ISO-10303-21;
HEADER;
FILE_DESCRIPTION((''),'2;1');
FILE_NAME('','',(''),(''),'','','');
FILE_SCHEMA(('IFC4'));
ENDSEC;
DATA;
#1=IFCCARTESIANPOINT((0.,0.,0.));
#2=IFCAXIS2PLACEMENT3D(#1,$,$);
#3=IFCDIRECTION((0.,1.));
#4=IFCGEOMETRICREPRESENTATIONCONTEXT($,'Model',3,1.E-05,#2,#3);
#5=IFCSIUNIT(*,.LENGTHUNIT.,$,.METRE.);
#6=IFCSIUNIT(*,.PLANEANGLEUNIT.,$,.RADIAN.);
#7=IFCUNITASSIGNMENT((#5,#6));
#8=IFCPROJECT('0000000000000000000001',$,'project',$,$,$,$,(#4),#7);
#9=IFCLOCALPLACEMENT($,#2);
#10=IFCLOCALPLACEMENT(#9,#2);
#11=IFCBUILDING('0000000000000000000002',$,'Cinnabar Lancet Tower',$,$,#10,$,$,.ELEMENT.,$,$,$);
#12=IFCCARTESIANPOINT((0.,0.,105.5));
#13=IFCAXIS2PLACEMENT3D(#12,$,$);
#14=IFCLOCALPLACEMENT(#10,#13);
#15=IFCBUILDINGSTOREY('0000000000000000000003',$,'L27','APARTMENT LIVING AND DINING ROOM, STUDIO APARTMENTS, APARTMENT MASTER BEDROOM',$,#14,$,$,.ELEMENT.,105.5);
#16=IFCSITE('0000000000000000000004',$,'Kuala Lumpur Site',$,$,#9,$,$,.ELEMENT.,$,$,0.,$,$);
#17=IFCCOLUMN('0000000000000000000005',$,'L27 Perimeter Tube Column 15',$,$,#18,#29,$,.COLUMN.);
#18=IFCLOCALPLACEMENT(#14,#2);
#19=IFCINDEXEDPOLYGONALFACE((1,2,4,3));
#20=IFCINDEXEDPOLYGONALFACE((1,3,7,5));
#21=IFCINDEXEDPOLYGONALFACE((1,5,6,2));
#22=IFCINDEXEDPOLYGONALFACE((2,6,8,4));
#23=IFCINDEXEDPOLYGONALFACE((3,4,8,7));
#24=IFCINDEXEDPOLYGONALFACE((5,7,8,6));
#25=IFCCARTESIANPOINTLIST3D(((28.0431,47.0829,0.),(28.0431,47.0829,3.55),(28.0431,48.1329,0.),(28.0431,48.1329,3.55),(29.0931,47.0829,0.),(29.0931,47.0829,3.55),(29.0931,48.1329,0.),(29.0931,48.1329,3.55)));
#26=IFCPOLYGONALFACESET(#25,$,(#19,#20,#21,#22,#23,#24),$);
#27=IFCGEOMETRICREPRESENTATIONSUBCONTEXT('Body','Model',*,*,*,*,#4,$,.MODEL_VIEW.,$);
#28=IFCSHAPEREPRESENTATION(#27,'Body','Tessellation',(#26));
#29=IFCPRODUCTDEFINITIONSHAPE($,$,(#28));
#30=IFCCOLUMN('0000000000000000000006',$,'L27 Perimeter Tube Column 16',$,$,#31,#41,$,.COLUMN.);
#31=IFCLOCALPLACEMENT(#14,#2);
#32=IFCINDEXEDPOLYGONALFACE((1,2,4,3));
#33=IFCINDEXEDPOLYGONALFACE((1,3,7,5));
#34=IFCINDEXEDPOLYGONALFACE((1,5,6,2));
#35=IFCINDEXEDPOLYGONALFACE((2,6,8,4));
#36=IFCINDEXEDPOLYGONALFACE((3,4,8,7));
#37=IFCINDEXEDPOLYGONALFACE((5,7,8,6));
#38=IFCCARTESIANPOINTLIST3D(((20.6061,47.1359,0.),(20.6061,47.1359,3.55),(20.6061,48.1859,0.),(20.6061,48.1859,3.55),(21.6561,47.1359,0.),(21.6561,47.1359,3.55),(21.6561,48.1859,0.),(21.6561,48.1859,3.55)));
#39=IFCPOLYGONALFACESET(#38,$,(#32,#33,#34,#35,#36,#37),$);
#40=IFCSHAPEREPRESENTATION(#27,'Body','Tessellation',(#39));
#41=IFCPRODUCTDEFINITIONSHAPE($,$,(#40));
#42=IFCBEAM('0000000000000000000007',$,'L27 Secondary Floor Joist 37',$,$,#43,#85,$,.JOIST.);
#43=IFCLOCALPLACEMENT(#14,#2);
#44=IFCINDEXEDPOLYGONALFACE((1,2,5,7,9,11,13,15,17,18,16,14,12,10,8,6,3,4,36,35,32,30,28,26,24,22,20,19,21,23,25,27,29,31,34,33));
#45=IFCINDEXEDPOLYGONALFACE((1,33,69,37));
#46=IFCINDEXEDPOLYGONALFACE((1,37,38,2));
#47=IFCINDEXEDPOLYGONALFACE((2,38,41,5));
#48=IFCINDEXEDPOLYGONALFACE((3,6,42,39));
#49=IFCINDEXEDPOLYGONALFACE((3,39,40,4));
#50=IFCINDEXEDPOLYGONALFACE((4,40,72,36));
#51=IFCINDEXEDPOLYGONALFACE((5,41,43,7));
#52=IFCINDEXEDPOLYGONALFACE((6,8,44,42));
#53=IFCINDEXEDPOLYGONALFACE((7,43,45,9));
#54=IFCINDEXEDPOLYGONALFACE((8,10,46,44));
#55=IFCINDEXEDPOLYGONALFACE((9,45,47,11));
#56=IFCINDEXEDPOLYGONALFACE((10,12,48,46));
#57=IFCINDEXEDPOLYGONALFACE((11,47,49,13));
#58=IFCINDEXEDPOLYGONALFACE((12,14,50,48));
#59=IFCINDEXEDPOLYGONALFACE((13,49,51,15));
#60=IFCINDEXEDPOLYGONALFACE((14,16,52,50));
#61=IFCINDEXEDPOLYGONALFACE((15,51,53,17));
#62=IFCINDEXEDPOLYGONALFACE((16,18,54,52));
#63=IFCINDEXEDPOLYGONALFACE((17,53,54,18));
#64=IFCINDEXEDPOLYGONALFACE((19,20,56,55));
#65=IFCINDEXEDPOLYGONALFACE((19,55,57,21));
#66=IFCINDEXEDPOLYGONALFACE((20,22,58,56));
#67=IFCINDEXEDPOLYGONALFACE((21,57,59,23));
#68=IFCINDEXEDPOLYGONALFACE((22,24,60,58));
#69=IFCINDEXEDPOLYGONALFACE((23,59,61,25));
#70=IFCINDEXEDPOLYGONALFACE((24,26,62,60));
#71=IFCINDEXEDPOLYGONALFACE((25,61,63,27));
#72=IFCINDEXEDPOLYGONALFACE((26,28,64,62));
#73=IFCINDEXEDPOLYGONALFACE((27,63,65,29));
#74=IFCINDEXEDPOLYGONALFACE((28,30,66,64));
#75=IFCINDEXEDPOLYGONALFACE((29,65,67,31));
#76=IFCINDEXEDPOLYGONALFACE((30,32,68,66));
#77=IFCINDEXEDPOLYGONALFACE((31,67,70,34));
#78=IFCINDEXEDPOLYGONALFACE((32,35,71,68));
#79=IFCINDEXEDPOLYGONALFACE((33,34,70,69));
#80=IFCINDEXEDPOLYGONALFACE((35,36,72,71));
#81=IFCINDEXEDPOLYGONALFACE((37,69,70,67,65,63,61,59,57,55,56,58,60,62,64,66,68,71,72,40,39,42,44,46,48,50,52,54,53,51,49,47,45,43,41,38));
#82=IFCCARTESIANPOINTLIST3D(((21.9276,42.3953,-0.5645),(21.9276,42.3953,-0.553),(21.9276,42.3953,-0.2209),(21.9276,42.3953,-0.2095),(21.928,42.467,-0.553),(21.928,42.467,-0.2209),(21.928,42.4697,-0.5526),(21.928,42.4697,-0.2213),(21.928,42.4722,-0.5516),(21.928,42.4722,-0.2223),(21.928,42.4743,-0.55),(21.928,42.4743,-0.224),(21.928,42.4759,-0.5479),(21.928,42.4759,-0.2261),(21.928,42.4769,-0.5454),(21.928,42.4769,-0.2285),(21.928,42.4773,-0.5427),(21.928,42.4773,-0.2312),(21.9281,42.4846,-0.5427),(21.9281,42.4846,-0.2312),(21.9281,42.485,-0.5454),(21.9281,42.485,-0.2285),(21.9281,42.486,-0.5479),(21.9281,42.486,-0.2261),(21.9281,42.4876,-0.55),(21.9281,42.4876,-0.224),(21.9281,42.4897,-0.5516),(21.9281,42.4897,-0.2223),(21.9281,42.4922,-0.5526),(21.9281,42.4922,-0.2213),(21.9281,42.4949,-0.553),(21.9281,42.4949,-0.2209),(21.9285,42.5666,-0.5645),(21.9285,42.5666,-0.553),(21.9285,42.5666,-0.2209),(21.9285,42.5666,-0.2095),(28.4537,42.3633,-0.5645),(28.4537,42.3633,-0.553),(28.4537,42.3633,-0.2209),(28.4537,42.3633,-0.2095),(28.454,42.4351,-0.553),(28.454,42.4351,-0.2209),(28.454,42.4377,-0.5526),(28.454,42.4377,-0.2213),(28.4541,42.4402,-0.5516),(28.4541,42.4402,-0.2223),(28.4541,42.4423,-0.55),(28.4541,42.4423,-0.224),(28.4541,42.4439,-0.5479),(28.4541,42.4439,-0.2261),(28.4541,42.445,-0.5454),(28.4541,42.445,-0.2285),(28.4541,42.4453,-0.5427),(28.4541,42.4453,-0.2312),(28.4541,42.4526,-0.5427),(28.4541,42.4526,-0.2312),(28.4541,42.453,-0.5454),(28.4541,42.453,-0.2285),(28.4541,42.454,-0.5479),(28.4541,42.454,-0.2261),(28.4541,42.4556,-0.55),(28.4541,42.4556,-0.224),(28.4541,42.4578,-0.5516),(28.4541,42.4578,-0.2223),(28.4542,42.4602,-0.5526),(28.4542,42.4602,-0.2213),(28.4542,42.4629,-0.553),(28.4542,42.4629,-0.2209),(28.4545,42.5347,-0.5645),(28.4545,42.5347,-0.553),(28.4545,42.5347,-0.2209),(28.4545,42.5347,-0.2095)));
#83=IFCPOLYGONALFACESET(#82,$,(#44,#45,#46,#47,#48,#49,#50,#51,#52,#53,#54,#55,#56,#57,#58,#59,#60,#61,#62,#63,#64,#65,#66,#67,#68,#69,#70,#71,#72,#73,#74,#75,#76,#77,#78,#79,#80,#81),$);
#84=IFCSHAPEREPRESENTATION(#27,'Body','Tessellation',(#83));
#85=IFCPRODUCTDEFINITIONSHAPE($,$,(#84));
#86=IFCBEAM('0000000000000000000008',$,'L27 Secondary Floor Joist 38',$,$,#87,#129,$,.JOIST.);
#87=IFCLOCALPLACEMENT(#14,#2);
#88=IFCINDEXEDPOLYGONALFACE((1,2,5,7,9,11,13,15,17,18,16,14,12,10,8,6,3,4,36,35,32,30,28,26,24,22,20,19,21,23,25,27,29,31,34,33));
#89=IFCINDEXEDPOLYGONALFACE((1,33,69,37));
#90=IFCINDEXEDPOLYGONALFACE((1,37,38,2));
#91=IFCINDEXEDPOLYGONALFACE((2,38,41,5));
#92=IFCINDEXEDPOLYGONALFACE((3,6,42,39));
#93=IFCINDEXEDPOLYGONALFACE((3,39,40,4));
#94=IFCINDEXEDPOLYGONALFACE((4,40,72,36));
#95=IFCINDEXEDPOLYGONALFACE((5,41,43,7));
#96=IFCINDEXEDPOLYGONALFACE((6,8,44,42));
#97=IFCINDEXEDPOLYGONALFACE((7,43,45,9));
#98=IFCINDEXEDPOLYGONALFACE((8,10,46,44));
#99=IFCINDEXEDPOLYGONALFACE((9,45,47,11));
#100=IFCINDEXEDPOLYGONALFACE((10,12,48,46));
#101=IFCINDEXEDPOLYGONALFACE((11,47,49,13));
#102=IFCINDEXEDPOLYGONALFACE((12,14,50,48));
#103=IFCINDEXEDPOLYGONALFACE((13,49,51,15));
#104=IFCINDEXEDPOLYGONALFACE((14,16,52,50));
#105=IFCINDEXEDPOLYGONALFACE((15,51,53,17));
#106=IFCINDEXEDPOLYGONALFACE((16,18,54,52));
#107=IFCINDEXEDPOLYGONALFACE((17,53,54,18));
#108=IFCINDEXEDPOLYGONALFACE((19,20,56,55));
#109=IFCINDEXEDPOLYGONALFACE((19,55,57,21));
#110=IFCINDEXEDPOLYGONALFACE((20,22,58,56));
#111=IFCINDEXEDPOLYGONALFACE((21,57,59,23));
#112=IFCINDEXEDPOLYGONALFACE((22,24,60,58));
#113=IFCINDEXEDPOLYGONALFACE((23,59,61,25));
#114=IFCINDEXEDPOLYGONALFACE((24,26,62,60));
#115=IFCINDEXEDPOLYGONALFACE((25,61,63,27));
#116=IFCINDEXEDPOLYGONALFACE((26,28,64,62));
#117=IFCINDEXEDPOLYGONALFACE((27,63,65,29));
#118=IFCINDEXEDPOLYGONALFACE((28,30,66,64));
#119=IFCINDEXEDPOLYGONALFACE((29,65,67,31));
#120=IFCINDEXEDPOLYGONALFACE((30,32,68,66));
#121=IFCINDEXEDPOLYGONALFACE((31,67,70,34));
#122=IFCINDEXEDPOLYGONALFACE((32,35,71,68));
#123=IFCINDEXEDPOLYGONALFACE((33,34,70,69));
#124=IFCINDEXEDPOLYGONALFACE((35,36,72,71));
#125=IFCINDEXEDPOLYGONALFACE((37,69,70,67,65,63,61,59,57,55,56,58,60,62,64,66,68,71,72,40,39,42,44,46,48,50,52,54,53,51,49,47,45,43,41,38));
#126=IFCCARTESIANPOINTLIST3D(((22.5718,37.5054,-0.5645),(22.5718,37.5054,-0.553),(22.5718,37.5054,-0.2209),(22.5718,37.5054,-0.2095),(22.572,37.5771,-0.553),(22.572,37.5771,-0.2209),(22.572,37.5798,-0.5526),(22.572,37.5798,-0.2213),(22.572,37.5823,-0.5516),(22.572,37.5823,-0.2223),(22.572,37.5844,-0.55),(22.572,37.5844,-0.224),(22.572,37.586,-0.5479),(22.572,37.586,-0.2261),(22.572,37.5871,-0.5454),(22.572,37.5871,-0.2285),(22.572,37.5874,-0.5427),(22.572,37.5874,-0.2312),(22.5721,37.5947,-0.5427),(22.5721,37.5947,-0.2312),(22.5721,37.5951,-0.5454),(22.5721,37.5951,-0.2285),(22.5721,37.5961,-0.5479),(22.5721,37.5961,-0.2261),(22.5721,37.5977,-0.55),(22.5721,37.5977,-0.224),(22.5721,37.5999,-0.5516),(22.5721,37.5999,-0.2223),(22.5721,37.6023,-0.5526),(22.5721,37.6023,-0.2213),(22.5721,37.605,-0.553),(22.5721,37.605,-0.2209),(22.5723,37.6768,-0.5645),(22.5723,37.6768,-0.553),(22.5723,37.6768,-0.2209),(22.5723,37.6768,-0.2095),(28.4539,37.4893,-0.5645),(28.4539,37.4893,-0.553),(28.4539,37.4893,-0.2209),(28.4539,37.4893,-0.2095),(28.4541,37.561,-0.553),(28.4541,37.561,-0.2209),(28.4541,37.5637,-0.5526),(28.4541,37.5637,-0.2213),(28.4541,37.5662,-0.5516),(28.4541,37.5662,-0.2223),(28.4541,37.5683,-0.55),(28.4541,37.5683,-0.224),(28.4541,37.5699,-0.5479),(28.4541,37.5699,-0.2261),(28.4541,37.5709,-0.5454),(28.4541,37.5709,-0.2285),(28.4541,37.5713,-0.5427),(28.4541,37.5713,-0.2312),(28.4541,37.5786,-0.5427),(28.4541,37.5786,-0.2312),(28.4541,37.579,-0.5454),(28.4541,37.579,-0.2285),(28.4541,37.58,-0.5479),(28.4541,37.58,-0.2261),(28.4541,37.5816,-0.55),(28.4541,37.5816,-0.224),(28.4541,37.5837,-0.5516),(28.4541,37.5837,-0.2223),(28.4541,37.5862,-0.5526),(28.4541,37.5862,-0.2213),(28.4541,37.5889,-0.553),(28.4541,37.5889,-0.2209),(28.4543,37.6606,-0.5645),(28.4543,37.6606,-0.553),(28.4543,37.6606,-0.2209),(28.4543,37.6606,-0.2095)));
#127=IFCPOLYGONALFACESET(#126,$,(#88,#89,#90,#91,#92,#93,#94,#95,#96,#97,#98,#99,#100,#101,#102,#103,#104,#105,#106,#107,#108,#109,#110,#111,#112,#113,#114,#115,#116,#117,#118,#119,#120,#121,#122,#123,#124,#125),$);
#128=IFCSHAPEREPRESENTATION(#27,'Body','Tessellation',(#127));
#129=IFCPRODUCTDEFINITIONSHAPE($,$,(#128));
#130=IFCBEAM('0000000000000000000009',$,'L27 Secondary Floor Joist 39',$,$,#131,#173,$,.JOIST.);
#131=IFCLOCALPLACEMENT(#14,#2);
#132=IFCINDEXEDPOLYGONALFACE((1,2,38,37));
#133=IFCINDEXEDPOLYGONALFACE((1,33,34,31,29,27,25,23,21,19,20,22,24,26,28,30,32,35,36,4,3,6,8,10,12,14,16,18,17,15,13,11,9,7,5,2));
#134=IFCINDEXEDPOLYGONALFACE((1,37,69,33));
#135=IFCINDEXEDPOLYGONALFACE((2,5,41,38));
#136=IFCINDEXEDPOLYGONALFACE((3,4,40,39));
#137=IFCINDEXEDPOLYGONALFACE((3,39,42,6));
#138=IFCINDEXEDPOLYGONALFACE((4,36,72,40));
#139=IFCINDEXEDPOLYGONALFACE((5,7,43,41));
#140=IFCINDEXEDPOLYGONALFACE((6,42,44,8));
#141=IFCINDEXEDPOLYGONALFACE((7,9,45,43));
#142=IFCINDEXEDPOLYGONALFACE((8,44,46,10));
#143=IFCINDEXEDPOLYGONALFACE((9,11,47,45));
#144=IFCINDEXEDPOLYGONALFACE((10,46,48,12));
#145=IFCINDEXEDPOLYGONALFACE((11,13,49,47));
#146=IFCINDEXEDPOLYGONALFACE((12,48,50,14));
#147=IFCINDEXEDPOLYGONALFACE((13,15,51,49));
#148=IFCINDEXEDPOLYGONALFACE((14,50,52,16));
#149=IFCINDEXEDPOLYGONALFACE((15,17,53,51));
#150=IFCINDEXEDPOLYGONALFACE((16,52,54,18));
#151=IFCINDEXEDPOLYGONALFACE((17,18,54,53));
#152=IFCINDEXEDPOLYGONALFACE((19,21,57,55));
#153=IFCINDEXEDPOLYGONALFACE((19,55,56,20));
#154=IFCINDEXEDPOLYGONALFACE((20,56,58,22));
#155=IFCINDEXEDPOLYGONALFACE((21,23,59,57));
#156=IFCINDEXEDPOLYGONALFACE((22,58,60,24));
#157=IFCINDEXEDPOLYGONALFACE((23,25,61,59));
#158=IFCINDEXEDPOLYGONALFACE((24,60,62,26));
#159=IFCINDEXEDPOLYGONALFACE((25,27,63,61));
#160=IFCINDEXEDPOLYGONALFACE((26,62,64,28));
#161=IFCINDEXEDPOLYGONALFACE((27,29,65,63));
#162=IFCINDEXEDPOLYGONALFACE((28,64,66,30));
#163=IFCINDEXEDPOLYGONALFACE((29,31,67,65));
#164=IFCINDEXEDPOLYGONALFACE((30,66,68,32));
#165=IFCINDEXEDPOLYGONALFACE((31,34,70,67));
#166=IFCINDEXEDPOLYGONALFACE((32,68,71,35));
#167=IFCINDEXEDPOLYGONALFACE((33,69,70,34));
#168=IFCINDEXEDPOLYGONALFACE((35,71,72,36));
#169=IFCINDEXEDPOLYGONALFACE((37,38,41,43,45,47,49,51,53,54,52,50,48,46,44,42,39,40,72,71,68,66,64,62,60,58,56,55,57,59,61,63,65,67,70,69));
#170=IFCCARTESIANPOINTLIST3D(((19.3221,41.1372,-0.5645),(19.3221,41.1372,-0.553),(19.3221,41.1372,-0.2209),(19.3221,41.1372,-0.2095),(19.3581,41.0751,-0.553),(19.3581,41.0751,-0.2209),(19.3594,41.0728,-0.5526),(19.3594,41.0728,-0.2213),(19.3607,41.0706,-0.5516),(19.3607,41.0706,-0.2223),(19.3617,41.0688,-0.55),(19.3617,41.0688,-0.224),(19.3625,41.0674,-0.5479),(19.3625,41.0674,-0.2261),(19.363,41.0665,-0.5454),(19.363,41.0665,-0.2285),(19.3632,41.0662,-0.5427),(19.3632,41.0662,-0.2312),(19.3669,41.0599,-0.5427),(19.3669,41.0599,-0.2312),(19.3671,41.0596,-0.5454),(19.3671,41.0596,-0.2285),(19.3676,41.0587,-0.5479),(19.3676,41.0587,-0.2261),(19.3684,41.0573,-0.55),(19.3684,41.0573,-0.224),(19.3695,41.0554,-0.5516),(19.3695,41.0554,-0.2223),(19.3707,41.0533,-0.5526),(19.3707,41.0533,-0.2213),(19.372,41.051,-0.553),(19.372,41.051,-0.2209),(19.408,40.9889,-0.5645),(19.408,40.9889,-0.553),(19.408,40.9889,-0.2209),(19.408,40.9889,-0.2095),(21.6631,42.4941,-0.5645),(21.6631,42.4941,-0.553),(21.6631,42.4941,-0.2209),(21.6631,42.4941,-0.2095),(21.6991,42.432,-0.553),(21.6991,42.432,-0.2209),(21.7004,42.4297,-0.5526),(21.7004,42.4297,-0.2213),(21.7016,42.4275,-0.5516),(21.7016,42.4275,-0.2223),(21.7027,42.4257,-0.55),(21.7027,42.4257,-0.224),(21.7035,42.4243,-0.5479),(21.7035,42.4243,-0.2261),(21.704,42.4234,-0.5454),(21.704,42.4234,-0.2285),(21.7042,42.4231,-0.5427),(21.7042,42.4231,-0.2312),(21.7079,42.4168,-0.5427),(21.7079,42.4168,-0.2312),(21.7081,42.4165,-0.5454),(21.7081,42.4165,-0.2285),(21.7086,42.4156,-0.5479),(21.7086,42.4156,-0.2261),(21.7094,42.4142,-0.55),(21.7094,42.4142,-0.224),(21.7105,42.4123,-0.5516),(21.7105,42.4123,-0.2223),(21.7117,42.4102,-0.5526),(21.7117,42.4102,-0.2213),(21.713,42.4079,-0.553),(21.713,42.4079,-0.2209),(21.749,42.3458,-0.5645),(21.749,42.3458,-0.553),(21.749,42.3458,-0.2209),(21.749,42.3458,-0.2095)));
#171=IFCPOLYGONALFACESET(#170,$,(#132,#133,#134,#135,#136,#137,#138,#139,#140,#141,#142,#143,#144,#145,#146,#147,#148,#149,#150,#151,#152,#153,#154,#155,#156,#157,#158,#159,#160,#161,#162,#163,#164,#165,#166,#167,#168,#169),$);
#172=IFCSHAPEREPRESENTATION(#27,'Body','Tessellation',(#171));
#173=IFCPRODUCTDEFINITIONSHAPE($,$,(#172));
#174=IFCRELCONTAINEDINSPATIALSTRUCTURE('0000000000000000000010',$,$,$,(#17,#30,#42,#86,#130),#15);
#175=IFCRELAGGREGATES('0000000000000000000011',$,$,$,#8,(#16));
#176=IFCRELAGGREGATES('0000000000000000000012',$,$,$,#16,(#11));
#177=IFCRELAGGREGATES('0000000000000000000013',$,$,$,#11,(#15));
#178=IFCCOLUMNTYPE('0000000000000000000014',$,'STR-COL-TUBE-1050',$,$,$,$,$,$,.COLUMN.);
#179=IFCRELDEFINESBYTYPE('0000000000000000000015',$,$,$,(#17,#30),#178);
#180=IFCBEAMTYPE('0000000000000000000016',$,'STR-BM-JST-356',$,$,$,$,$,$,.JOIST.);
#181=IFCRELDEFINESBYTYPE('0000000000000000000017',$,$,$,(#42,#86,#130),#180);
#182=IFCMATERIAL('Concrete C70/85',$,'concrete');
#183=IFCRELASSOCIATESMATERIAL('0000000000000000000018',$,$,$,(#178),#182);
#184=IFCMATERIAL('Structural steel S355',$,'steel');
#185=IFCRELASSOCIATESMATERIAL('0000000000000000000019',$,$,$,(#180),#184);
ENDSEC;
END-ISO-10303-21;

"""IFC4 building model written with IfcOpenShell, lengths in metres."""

from ifc_helpers import new_model, si_unit, direction, frame, origin, origin_2d, place, context, subcontext, project, spatial, rectangle, i_section, extrude, material, material_profile, profile_set, type_object, element, save


model = new_model("IFC4")

# Units and contexts
model_context = context("Model", 3, precision=1e-05, world=origin(), true_north=direction((0.0, 1.0)))
body_context = subcontext(model_context, "Body", "Model", "MODEL_VIEW")
ifc_project = project(units=[si_unit("LENGTHUNIT", "METRE"), si_unit("PLANEANGLEUNIT", "RADIAN")], contexts=[model_context])

# Site, building, storey
site_placement = place(None, origin())
site = spatial("IfcSite", under=ifc_project, at=site_placement, Name="Kuala Lumpur Site", CompositionType="ELEMENT", RefElevation=0.0)
building_placement = place(site_placement, origin())
building = spatial("IfcBuilding", under=site, at=building_placement, Name="Cinnabar Lancet Tower", CompositionType="ELEMENT")
storey_placement = place(building_placement, frame((0.0, 0.0, 105.5)))
storey = spatial("IfcBuildingStorey", under=building, at=storey_placement, Name="L27", Description="APARTMENT LIVING AND DINING ROOM, STUDIO APARTMENTS, APARTMENT MASTER BEDROOM", CompositionType="ELEMENT", Elevation=105.5)

# Columns
ifc_material_1 = material(Name="Concrete C70/85", Category="concrete")
ifc_material_profile_1 = material_profile(ifc_material_1, rectangle(XDim=1.05, YDim=1.05, at=origin_2d()), Name="RC-COL 1050x1050")
ifc_profile_set_1 = profile_set([ifc_material_profile_1], Name="Concrete C70/85")
column_type = type_object("IfcColumnType", Name="STR-COL-TUBE-1050", PredefinedType="COLUMN", material=ifc_profile_set_1)
for number, where, z_axis, x_axis, name in (
    (1, (28.5681, 47.6079, 0.0), (0.0, 0.0, 1.0), (1.0, 0.0, 0.0), "L27 Perimeter Tube Column 15"),
    (2, (21.1311, 47.6609, 0.0), (0.0, 0.0, 1.0), (1.0, 0.0, 0.0), "L27 Perimeter Tube Column 16"),
):
    element("IfcColumn", number, at=place(storey_placement, frame(where, z_axis=z_axis, x_axis=x_axis)), inside=storey, type_object=column_type, Name=name, PredefinedType="COLUMN", context=body_context, shape_type="SweptSolid", body=[
        extrude(rectangle(XDim=1.05, YDim=1.05, at=origin_2d()), origin(), (0.0, 0.0, 1.0), 3.55),
    ])

# Beams
ifc_material_2 = material(Name="Structural steel S355", Category="steel")
ifc_material_profile_2 = material_profile(ifc_material_2, i_section(OverallWidth=0.1714, OverallDepth=0.355, WebThickness=0.0073, FlangeThickness=0.0115, FilletRadius=0.0103, at=origin_2d()), Name="UKB 356x171x51")
ifc_profile_set_2 = profile_set([ifc_material_profile_2], Name="Structural steel S355")
beam_type_1 = type_object("IfcBeamType", Name="STR-BM-JST-356", PredefinedType="JOIST", material=ifc_profile_set_2)
beam_1_placement = place(storey_placement, frame((28.4541, 42.449, -0.387), z_axis=(-0.999988, 0.004901, 0.0), x_axis=(-0.004901, -0.999988, 0.0)))
element("IfcBeam", 3, at=beam_1_placement, inside=storey, type_object=beam_type_1, Name="L27 Secondary Floor Joist 37", PredefinedType="JOIST", context=body_context, shape_type="SweptSolid", body=[
    extrude(i_section(OverallWidth=0.1714, OverallDepth=0.355, WebThickness=0.0073, FlangeThickness=0.0115, FilletRadius=0.0103, at=origin_2d()), origin(), (0.0, 0.0, 1.0), 6.5261),
])
beam_2_placement = place(storey_placement, frame((28.4541, 37.575, -0.387), z_axis=(-0.999996, 0.002739, 0.0), x_axis=(-0.002739, -0.999996, 0.0)))
element("IfcBeam", 4, at=beam_2_placement, inside=storey, type_object=beam_type_1, Name="L27 Secondary Floor Joist 38", PredefinedType="JOIST", context=body_context, shape_type="SweptSolid", body=[
    extrude(i_section(OverallWidth=0.1714, OverallDepth=0.355, WebThickness=0.0073, FlangeThickness=0.0115, FilletRadius=0.0103, at=origin_2d()), origin(), (0.0, 0.0, 1.0), 5.8821),
])
beam_3_placement = place(storey_placement, frame((21.7061, 42.4199, -0.387), z_axis=(-0.865173, -0.501474, 0.0), x_axis=(0.501474, -0.865173, 0.0)))
element("IfcBeam", 5, at=beam_3_placement, inside=storey, type_object=beam_type_1, Name="L27 Secondary Floor Joist 39", PredefinedType="JOIST", context=body_context, shape_type="SweptSolid", body=[
    extrude(i_section(OverallWidth=0.1714, OverallDepth=0.355, WebThickness=0.0073, FlangeThickness=0.0115, FilletRadius=0.0103, at=origin_2d()), origin(), (0.0, 0.0, 1.0), 2.7058),
])

save(model, "model.ifc")
